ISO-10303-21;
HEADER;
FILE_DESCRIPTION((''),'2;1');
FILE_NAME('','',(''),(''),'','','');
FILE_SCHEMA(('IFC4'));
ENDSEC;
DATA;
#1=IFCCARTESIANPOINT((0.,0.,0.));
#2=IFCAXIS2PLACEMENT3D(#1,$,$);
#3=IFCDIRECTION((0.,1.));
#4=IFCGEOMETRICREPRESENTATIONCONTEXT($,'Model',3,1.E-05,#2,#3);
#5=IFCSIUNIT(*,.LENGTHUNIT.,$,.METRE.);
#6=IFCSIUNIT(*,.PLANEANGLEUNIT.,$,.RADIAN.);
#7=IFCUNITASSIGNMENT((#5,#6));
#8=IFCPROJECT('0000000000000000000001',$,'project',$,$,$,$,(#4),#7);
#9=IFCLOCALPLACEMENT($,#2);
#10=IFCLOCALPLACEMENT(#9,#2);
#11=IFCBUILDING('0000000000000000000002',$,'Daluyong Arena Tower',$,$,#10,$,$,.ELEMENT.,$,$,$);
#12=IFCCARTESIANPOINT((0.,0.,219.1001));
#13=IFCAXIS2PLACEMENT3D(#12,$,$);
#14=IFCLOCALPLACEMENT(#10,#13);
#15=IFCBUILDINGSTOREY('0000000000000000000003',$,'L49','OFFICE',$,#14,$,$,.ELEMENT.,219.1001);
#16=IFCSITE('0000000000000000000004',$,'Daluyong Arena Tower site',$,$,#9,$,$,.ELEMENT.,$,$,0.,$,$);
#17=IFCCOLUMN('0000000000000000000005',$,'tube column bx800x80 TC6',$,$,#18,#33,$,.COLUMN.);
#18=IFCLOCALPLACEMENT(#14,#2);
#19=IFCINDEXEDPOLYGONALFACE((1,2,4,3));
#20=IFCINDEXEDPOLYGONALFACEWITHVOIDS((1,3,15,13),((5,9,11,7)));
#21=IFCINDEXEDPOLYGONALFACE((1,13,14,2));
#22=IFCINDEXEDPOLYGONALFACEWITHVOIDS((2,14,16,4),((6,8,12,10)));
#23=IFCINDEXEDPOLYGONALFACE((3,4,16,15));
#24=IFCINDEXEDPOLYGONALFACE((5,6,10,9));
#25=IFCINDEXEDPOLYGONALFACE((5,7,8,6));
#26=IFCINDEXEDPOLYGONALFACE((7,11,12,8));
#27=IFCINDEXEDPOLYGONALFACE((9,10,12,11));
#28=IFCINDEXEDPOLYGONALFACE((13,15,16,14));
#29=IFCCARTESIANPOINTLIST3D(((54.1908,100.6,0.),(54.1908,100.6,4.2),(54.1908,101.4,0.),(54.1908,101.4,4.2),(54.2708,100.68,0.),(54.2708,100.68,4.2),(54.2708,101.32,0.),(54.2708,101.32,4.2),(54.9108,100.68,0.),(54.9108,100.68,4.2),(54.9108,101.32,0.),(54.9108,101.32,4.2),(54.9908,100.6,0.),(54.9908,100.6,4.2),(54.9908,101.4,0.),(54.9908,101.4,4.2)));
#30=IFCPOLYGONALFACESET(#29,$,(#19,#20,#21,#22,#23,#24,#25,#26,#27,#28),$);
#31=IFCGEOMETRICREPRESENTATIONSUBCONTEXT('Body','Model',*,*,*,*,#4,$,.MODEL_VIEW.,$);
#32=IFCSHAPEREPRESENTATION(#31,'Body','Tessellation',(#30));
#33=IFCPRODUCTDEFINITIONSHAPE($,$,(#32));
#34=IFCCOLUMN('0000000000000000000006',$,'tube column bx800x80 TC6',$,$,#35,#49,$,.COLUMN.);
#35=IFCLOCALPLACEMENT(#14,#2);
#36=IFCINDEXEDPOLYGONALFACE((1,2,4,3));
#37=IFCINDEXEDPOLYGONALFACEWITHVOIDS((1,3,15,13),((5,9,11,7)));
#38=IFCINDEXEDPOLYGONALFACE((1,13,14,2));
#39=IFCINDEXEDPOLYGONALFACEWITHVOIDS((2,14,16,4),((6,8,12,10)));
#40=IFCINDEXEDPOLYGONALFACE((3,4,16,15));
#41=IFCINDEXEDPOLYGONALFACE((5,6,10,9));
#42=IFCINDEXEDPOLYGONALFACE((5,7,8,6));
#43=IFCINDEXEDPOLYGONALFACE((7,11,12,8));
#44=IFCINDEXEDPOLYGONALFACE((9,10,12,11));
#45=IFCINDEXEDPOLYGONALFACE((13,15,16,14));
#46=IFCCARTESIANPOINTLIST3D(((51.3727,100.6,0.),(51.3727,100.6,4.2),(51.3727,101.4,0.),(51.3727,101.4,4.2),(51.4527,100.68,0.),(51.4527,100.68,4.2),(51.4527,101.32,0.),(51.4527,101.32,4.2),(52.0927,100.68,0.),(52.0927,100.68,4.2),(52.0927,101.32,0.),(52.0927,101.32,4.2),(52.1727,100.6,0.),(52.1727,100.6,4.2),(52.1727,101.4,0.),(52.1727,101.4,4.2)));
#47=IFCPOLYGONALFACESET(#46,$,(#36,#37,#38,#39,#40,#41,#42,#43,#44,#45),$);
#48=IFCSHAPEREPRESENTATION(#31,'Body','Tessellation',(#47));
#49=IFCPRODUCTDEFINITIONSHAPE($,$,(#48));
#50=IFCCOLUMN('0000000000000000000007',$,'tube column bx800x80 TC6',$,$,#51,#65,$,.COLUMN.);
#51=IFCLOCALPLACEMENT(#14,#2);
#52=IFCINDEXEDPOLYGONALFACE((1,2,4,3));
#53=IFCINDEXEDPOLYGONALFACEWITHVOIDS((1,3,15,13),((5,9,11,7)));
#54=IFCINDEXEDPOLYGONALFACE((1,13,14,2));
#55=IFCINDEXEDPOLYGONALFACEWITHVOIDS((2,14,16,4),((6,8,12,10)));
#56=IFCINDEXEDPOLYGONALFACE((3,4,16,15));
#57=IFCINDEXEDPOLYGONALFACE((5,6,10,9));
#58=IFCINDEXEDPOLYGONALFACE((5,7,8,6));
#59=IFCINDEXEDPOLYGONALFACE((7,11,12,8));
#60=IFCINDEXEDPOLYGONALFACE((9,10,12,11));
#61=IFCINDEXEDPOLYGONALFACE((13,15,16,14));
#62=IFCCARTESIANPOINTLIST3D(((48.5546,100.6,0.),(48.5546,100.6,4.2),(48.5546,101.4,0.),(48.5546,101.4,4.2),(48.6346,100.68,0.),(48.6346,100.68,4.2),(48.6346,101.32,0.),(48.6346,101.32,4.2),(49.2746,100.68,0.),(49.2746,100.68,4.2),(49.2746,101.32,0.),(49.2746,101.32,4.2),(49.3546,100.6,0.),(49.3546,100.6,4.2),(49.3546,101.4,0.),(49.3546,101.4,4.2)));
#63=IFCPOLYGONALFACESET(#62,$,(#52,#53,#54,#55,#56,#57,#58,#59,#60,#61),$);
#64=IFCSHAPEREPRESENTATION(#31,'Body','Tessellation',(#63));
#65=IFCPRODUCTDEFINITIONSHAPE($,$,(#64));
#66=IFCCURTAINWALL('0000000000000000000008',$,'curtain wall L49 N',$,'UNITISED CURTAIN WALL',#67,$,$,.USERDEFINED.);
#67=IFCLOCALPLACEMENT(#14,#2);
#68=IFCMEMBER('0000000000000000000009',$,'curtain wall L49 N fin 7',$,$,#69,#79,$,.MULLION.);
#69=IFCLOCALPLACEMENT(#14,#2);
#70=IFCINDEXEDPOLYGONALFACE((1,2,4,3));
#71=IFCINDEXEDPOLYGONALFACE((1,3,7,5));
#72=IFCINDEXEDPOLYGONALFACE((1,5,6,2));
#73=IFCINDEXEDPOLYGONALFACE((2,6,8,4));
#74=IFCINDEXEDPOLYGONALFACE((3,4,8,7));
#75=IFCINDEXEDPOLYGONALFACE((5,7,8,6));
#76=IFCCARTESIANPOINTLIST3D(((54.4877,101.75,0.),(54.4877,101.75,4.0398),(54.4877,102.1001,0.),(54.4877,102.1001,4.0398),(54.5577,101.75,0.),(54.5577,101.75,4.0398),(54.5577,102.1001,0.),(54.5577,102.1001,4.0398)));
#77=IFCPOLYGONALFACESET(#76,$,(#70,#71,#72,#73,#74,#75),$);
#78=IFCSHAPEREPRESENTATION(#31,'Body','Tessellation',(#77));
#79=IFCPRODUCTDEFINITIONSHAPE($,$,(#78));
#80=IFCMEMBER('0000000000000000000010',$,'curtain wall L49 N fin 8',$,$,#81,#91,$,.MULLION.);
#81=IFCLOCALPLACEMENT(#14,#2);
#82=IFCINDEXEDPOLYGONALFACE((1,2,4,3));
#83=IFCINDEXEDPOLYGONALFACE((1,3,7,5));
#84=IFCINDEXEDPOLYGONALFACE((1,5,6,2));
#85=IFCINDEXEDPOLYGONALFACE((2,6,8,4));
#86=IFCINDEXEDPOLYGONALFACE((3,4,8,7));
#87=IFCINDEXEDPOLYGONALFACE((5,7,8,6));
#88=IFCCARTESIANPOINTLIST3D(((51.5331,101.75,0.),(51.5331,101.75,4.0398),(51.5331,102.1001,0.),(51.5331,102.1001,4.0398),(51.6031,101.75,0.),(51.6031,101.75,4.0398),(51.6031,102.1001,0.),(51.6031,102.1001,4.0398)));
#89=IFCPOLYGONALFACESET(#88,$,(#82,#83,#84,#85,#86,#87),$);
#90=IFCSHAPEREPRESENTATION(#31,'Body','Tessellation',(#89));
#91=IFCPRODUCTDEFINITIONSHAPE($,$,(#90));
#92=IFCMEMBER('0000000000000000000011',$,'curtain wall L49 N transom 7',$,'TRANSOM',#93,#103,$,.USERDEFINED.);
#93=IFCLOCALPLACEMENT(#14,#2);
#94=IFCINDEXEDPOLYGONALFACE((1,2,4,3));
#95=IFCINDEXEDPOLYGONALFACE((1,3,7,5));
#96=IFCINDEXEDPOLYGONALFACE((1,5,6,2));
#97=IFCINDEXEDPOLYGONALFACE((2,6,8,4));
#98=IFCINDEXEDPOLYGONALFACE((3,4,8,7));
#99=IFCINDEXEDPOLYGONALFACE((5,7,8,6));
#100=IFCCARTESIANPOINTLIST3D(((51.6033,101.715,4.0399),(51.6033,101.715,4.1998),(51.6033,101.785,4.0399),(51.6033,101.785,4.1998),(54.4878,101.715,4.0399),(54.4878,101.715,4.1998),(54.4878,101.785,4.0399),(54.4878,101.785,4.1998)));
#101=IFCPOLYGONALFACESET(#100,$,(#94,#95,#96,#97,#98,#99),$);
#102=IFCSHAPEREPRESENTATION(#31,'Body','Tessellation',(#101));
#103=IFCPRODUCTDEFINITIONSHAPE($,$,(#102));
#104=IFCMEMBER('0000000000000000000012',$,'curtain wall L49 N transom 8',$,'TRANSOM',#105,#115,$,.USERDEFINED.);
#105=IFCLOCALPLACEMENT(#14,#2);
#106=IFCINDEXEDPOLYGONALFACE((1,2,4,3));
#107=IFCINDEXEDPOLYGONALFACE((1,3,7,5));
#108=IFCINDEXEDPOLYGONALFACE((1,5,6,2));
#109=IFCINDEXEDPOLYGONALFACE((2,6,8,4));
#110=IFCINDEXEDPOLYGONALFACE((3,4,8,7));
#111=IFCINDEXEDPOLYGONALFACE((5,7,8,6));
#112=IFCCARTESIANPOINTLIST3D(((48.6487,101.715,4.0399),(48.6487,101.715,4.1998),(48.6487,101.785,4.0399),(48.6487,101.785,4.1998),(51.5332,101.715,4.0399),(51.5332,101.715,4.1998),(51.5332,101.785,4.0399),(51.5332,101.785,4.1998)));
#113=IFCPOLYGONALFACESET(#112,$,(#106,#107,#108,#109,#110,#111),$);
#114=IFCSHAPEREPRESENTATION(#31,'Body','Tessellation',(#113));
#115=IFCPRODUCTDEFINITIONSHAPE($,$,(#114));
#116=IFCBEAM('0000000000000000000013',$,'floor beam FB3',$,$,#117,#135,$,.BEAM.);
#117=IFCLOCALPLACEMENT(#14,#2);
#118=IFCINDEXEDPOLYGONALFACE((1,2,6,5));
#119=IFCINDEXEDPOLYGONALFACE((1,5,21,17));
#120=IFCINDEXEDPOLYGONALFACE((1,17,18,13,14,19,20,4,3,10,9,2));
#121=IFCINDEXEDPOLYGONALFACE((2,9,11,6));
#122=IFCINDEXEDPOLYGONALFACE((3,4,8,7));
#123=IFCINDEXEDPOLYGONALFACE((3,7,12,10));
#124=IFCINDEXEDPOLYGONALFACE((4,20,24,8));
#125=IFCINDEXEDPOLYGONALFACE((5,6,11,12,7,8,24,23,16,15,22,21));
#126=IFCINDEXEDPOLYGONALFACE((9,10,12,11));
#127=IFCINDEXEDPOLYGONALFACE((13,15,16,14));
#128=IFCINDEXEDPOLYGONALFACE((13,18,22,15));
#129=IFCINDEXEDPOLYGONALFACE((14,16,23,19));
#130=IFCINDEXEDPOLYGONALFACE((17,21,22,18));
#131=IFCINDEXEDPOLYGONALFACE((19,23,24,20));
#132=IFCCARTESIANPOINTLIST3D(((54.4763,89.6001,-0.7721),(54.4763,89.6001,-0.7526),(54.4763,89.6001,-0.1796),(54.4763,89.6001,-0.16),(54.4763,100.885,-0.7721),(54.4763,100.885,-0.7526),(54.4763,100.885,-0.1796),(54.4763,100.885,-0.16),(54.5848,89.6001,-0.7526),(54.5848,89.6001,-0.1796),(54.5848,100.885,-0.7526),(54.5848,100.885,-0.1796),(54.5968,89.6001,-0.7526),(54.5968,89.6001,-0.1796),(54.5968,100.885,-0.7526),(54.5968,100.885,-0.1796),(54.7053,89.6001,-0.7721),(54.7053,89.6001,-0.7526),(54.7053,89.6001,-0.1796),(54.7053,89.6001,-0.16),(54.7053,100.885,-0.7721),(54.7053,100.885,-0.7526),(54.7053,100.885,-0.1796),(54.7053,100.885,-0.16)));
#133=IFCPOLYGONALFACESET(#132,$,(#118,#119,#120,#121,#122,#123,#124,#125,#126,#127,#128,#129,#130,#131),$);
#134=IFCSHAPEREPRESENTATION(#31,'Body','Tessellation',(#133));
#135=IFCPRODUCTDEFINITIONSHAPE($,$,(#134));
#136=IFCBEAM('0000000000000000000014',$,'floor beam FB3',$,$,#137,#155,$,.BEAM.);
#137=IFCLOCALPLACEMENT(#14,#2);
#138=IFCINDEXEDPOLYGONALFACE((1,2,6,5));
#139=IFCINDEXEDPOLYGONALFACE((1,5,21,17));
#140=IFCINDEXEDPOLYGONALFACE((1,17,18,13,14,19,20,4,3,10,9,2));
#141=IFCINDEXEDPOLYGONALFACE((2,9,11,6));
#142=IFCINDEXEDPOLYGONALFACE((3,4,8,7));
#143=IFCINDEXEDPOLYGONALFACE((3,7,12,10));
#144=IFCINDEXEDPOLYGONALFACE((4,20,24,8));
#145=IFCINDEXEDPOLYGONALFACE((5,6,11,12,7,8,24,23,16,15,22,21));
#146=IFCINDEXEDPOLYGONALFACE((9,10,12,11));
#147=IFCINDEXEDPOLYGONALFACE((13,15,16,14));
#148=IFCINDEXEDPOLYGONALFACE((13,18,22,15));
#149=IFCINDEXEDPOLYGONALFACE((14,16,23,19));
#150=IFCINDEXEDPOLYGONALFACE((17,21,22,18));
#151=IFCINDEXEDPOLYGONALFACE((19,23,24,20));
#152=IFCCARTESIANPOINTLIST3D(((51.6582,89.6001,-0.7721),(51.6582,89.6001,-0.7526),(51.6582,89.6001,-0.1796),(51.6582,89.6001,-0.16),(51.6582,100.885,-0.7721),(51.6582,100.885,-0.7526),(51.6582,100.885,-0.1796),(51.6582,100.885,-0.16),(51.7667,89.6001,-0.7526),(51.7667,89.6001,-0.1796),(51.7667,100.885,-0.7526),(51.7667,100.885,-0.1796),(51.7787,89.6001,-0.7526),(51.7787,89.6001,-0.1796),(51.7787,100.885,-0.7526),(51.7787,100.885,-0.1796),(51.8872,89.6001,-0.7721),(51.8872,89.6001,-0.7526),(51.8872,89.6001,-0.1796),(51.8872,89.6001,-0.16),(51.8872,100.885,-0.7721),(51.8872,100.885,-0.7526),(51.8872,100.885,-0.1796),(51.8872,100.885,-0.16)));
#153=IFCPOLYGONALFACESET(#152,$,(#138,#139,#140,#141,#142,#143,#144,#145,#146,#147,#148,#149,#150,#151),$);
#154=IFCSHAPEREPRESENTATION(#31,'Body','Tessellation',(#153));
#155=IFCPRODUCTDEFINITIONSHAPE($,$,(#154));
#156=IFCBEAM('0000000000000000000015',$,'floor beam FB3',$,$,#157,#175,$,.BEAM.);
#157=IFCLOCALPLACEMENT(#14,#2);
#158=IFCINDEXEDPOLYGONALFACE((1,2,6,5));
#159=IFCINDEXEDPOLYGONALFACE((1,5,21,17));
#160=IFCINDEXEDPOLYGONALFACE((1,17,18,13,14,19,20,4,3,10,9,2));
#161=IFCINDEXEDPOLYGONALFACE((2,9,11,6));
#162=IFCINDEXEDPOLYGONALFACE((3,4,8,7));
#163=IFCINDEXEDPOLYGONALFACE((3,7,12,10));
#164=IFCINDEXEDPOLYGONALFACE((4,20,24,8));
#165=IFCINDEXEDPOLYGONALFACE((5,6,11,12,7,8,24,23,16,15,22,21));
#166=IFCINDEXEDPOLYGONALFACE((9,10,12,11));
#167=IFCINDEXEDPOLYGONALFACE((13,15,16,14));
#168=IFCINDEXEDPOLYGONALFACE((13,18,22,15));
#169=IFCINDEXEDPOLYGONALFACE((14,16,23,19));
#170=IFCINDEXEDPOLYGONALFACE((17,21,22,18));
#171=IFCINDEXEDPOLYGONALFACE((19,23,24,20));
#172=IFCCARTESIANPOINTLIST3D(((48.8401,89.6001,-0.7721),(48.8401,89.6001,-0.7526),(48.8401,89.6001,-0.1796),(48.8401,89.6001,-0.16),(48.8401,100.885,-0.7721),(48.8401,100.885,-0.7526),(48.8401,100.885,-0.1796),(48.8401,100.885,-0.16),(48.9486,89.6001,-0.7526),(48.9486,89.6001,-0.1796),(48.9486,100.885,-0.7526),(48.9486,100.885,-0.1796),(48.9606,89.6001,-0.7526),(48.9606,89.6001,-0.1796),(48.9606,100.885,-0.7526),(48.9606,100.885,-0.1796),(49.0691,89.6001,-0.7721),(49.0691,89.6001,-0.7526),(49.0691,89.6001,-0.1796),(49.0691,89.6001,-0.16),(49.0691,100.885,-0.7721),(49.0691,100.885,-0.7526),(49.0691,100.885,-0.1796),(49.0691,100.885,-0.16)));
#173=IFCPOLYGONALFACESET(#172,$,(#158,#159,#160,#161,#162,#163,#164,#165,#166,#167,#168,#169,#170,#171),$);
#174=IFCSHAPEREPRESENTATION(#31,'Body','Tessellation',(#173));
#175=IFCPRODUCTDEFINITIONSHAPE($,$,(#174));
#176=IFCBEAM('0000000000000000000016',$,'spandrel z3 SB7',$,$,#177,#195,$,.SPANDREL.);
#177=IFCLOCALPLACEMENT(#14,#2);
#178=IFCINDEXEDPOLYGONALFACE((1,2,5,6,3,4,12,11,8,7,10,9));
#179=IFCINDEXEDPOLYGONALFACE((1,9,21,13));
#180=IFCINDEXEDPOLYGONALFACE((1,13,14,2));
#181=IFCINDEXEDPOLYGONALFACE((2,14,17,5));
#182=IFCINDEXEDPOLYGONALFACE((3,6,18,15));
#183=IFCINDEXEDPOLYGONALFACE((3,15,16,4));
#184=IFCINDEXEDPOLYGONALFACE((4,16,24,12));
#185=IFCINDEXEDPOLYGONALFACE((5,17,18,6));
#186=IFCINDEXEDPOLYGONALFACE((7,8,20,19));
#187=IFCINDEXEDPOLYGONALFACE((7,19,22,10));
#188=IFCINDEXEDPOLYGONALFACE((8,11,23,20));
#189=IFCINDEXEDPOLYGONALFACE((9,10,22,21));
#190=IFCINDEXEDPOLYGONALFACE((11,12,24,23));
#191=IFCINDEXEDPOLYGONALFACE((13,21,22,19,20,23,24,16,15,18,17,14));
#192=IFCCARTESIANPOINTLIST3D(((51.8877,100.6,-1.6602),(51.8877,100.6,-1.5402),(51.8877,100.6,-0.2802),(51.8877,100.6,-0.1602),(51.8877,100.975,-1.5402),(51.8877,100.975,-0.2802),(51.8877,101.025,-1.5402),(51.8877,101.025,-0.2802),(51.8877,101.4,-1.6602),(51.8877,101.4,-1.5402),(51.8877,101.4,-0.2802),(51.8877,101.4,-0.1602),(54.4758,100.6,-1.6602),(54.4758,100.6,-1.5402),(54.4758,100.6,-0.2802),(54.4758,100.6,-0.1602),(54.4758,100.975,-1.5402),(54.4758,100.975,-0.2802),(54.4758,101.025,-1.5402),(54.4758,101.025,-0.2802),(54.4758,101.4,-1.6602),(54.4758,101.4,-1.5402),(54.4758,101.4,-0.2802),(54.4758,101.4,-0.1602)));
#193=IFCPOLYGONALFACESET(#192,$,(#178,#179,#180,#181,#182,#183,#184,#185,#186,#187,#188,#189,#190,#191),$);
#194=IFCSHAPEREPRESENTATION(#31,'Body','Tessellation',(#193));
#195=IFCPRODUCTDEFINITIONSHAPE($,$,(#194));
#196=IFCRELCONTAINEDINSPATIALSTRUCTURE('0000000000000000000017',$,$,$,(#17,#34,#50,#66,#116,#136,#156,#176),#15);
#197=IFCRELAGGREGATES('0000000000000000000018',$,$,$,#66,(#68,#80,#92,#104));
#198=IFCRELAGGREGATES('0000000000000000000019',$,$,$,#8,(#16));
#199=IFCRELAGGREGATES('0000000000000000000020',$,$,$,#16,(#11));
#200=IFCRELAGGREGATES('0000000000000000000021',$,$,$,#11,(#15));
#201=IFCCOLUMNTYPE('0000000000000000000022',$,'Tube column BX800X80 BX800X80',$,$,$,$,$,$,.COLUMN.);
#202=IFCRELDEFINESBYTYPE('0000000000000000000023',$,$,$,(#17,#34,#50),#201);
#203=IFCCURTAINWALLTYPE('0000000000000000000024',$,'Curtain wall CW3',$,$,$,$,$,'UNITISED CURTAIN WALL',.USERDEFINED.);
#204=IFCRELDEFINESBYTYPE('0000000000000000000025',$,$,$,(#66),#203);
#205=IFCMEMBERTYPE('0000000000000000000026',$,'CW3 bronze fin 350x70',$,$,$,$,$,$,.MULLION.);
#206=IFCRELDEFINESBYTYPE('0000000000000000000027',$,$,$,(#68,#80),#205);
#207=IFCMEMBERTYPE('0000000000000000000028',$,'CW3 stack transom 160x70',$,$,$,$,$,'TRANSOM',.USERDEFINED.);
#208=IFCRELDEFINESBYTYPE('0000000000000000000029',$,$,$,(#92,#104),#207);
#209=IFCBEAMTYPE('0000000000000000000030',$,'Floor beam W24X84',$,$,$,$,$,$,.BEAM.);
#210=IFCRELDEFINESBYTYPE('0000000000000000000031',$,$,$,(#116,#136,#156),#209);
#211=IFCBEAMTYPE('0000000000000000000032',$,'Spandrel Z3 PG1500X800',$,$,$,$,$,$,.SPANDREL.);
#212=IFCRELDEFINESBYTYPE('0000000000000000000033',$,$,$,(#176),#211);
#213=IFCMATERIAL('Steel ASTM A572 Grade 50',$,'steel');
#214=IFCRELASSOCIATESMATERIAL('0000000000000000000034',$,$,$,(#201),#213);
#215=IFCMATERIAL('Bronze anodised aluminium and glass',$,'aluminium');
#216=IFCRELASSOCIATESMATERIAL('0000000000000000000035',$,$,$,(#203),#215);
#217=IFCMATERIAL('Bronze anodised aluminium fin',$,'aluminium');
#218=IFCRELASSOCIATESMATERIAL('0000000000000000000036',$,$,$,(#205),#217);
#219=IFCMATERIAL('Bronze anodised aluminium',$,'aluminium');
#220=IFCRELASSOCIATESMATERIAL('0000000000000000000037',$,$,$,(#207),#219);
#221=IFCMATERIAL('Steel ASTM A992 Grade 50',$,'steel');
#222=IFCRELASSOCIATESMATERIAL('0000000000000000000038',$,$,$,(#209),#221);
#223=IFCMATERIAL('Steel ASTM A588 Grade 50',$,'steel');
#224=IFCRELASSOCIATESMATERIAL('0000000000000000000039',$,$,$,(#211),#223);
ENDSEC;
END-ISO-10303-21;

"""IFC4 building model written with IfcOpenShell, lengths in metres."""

from ifc_helpers import new_model, si_unit, direction, frame, origin, origin_2d, place, context, subcontext, project, spatial, rectangle, hollow_rectangle, i_section, extrude, material, material_profile, profile_set, type_object, element, aggregate, save


model = new_model("IFC4")

# Units and contexts
model_context = context("Model", 3, precision=1e-05, world=origin(), true_north=direction((0.0, 1.0)))
body_context = subcontext(model_context, "Body", "Model", "MODEL_VIEW")
ifc_project = project(units=[si_unit("LENGTHUNIT", "METRE"), si_unit("PLANEANGLEUNIT", "RADIAN")], contexts=[model_context])

# Site, building, storey
site_placement = place(None, origin())
site = spatial("IfcSite", under=ifc_project, at=site_placement, Name="Daluyong Arena Tower site", CompositionType="ELEMENT", RefElevation=0.0)
building_placement = place(site_placement, origin())
building = spatial("IfcBuilding", under=site, at=building_placement, Name="Daluyong Arena Tower", CompositionType="ELEMENT")
storey_placement = place(building_placement, frame((0.0, 0.0, 219.1001)))
storey = spatial("IfcBuildingStorey", under=building, at=storey_placement, Name="L49", Description="OFFICE", CompositionType="ELEMENT", Elevation=219.1001)

# Columns
ifc_material_1 = material(Name="Steel ASTM A572 Grade 50", Category="steel")
ifc_material_profile_1 = material_profile(ifc_material_1, hollow_rectangle(XDim=0.8, YDim=0.8, WallThickness=0.08, at=origin_2d()))
ifc_profile_set_1 = profile_set([ifc_material_profile_1], Name="Steel ASTM A572 Grade 50")
column_type = type_object("IfcColumnType", Name="Tube column BX800X80 BX800X80", PredefinedType="COLUMN", material=ifc_profile_set_1)
for number, where, z_axis, x_axis, name in (
    (1, (54.5908, 101.0, 0.0), (0.0, 0.0, 1.0), (1.0, 0.0, 0.0), "tube column bx800x80 TC6"),
    (2, (51.7727, 101.0, 0.0), (0.0, 0.0, 1.0), (1.0, 0.0, 0.0), "tube column bx800x80 TC6"),
    (3, (48.9546, 101.0, 0.0), (0.0, 0.0, 1.0), (1.0, 0.0, 0.0), "tube column bx800x80 TC6"),
):
    element("IfcColumn", number, at=place(storey_placement, frame(where, z_axis=z_axis, x_axis=x_axis)), inside=storey, type_object=column_type, Name=name, PredefinedType="COLUMN", context=body_context, shape_type="SweptSolid", body=[
        extrude(hollow_rectangle(XDim=0.8, YDim=0.8, WallThickness=0.08, at=origin_2d()), origin(), (0.0, 0.0, 1.0), 4.2),
    ])

# Curtain wall, members
ifc_material_2 = material(Name="Bronze anodised aluminium and glass", Category="aluminium")
curtain_wall_type = type_object("IfcCurtainWallType", Name="Curtain wall CW3", ElementType="UNITISED CURTAIN WALL", PredefinedType="USERDEFINED", material=ifc_material_2)
curtain_wall_placement = place(storey_placement, origin())
curtain_wall = element("IfcCurtainWall", 4, at=curtain_wall_placement, inside=storey, type_object=curtain_wall_type, Name="curtain wall L49 N", ObjectType="UNITISED CURTAIN WALL", PredefinedType="USERDEFINED")
ifc_material_3 = material(Name="Bronze anodised aluminium fin", Category="aluminium")
ifc_material_profile_2 = material_profile(ifc_material_3, rectangle(XDim=0.3501, YDim=0.0701, at=origin_2d()))
ifc_profile_set_2 = profile_set([ifc_material_profile_2], Name="Bronze anodised aluminium fin")
member_type_1 = type_object("IfcMemberType", Name="CW3 bronze fin 350x70", PredefinedType="MULLION", material=ifc_profile_set_2)
member_1_placement = place(storey_placement, frame((54.5227, 101.925, 0.0), z_axis=(0.0, 0.0, 1.0), x_axis=(0.0, -1.0, 0.0)))
member_1 = element("IfcMember", 5, at=member_1_placement, type_object=member_type_1, Name="curtain wall L49 N fin 7", PredefinedType="MULLION", context=body_context, shape_type="SweptSolid", body=[
    extrude(rectangle(XDim=0.3501, YDim=0.0701, at=origin_2d()), origin(), (0.0, 0.0, 1.0), 4.0398),
])
member_2_placement = place(storey_placement, frame((51.5681, 101.925, 0.0), z_axis=(0.0, 0.0, 1.0), x_axis=(0.0, -1.0, 0.0)))
member_2 = element("IfcMember", 6, at=member_2_placement, type_object=member_type_1, Name="curtain wall L49 N fin 8", PredefinedType="MULLION", context=body_context, shape_type="SweptSolid", body=[
    extrude(rectangle(XDim=0.3501, YDim=0.0701, at=origin_2d()), origin(), (0.0, 0.0, 1.0), 4.0398),
])
ifc_material_4 = material(Name="Bronze anodised aluminium", Category="aluminium")
ifc_material_profile_3 = material_profile(ifc_material_4, rectangle(XDim=0.0701, YDim=0.1599, at=origin_2d()))
ifc_profile_set_3 = profile_set([ifc_material_profile_3], Name="Bronze anodised aluminium")
member_type_2 = type_object("IfcMemberType", Name="CW3 stack transom 160x70", ElementType="TRANSOM", PredefinedType="USERDEFINED", material=ifc_profile_set_3)
member_3_placement = place(storey_placement, frame((54.4878, 101.75, 4.1199), z_axis=(-1.0, 0.0, 0.0), x_axis=(0.0, -1.0, 0.0)))
member_3 = element("IfcMember", 7, at=member_3_placement, type_object=member_type_2, Name="curtain wall L49 N transom 7", ObjectType="TRANSOM", PredefinedType="USERDEFINED", context=body_context, shape_type="SweptSolid", body=[
    extrude(rectangle(XDim=0.0701, YDim=0.1599, at=origin_2d()), origin(), (0.0, 0.0, 1.0), 2.8845),
])
member_4_placement = place(storey_placement, frame((51.5332, 101.75, 4.1199), z_axis=(-1.0, 0.0, 0.0), x_axis=(0.0, -1.0, 0.0)))
member_4 = element("IfcMember", 8, at=member_4_placement, type_object=member_type_2, Name="curtain wall L49 N transom 8", ObjectType="TRANSOM", PredefinedType="USERDEFINED", context=body_context, shape_type="SweptSolid", body=[
    extrude(rectangle(XDim=0.0701, YDim=0.1599, at=origin_2d()), origin(), (0.0, 0.0, 1.0), 2.8845),
])

# Beams
ifc_material_5 = material(Name="Steel ASTM A992 Grade 50", Category="steel")
ifc_material_profile_4 = material_profile(ifc_material_5, i_section(OverallWidth=0.229, OverallDepth=0.6121, WebThickness=0.012, FlangeThickness=0.0195, at=origin_2d()))
ifc_profile_set_4 = profile_set([ifc_material_profile_4], Name="Steel ASTM A992 Grade 50")
beam_type_1 = type_object("IfcBeamType", Name="Floor beam W24X84", PredefinedType="BEAM", material=ifc_profile_set_4)
for number, where, z_axis, x_axis, name in (
    (9, (54.5908, 100.885, -0.4661), (0.0, -1.0, 0.0), (1.0, 0.0, 0.0), "floor beam FB3"),
    (10, (51.7727, 100.885, -0.4661), (0.0, -1.0, 0.0), (1.0, 0.0, 0.0), "floor beam FB3"),
    (11, (48.9546, 100.885, -0.4661), (0.0, -1.0, 0.0), (1.0, 0.0, 0.0), "floor beam FB3"),
):
    element("IfcBeam", number, at=place(storey_placement, frame(where, z_axis=z_axis, x_axis=x_axis)), inside=storey, type_object=beam_type_1, Name=name, PredefinedType="BEAM", context=body_context, shape_type="SweptSolid", body=[
        extrude(i_section(OverallWidth=0.229, OverallDepth=0.6121, WebThickness=0.012, FlangeThickness=0.0195, at=origin_2d()), origin(), (0.0, 0.0, 1.0), 11.2849),
    ])
ifc_material_6 = material(Name="Steel ASTM A588 Grade 50", Category="steel")
ifc_material_profile_5 = material_profile(ifc_material_6, i_section(OverallWidth=0.8, OverallDepth=1.5, WebThickness=0.05, FlangeThickness=0.12, at=origin_2d()))
ifc_profile_set_5 = profile_set([ifc_material_profile_5], Name="Steel ASTM A588 Grade 50")
beam_type_2 = type_object("IfcBeamType", Name="Spandrel Z3 PG1500X800", PredefinedType="SPANDREL", material=ifc_profile_set_5)
for number, where, z_axis, x_axis, name in (
    (12, (54.4758, 101.0, -0.9102), (-1.0, 0.0, 0.0), (0.0, -1.0, 0.0), "spandrel z3 SB7"),
):
    element("IfcBeam", number, at=place(storey_placement, frame(where, z_axis=z_axis, x_axis=x_axis)), inside=storey, type_object=beam_type_2, Name=name, PredefinedType="SPANDREL", context=body_context, shape_type="SweptSolid", body=[
        extrude(i_section(OverallWidth=0.8, OverallDepth=1.5, WebThickness=0.05, FlangeThickness=0.12, at=origin_2d()), origin(), (0.0, 0.0, 1.0), 2.5881),
    ])

aggregate(curtain_wall, [member_1, member_2, member_3, member_4])

save(model, "model.ifc")
